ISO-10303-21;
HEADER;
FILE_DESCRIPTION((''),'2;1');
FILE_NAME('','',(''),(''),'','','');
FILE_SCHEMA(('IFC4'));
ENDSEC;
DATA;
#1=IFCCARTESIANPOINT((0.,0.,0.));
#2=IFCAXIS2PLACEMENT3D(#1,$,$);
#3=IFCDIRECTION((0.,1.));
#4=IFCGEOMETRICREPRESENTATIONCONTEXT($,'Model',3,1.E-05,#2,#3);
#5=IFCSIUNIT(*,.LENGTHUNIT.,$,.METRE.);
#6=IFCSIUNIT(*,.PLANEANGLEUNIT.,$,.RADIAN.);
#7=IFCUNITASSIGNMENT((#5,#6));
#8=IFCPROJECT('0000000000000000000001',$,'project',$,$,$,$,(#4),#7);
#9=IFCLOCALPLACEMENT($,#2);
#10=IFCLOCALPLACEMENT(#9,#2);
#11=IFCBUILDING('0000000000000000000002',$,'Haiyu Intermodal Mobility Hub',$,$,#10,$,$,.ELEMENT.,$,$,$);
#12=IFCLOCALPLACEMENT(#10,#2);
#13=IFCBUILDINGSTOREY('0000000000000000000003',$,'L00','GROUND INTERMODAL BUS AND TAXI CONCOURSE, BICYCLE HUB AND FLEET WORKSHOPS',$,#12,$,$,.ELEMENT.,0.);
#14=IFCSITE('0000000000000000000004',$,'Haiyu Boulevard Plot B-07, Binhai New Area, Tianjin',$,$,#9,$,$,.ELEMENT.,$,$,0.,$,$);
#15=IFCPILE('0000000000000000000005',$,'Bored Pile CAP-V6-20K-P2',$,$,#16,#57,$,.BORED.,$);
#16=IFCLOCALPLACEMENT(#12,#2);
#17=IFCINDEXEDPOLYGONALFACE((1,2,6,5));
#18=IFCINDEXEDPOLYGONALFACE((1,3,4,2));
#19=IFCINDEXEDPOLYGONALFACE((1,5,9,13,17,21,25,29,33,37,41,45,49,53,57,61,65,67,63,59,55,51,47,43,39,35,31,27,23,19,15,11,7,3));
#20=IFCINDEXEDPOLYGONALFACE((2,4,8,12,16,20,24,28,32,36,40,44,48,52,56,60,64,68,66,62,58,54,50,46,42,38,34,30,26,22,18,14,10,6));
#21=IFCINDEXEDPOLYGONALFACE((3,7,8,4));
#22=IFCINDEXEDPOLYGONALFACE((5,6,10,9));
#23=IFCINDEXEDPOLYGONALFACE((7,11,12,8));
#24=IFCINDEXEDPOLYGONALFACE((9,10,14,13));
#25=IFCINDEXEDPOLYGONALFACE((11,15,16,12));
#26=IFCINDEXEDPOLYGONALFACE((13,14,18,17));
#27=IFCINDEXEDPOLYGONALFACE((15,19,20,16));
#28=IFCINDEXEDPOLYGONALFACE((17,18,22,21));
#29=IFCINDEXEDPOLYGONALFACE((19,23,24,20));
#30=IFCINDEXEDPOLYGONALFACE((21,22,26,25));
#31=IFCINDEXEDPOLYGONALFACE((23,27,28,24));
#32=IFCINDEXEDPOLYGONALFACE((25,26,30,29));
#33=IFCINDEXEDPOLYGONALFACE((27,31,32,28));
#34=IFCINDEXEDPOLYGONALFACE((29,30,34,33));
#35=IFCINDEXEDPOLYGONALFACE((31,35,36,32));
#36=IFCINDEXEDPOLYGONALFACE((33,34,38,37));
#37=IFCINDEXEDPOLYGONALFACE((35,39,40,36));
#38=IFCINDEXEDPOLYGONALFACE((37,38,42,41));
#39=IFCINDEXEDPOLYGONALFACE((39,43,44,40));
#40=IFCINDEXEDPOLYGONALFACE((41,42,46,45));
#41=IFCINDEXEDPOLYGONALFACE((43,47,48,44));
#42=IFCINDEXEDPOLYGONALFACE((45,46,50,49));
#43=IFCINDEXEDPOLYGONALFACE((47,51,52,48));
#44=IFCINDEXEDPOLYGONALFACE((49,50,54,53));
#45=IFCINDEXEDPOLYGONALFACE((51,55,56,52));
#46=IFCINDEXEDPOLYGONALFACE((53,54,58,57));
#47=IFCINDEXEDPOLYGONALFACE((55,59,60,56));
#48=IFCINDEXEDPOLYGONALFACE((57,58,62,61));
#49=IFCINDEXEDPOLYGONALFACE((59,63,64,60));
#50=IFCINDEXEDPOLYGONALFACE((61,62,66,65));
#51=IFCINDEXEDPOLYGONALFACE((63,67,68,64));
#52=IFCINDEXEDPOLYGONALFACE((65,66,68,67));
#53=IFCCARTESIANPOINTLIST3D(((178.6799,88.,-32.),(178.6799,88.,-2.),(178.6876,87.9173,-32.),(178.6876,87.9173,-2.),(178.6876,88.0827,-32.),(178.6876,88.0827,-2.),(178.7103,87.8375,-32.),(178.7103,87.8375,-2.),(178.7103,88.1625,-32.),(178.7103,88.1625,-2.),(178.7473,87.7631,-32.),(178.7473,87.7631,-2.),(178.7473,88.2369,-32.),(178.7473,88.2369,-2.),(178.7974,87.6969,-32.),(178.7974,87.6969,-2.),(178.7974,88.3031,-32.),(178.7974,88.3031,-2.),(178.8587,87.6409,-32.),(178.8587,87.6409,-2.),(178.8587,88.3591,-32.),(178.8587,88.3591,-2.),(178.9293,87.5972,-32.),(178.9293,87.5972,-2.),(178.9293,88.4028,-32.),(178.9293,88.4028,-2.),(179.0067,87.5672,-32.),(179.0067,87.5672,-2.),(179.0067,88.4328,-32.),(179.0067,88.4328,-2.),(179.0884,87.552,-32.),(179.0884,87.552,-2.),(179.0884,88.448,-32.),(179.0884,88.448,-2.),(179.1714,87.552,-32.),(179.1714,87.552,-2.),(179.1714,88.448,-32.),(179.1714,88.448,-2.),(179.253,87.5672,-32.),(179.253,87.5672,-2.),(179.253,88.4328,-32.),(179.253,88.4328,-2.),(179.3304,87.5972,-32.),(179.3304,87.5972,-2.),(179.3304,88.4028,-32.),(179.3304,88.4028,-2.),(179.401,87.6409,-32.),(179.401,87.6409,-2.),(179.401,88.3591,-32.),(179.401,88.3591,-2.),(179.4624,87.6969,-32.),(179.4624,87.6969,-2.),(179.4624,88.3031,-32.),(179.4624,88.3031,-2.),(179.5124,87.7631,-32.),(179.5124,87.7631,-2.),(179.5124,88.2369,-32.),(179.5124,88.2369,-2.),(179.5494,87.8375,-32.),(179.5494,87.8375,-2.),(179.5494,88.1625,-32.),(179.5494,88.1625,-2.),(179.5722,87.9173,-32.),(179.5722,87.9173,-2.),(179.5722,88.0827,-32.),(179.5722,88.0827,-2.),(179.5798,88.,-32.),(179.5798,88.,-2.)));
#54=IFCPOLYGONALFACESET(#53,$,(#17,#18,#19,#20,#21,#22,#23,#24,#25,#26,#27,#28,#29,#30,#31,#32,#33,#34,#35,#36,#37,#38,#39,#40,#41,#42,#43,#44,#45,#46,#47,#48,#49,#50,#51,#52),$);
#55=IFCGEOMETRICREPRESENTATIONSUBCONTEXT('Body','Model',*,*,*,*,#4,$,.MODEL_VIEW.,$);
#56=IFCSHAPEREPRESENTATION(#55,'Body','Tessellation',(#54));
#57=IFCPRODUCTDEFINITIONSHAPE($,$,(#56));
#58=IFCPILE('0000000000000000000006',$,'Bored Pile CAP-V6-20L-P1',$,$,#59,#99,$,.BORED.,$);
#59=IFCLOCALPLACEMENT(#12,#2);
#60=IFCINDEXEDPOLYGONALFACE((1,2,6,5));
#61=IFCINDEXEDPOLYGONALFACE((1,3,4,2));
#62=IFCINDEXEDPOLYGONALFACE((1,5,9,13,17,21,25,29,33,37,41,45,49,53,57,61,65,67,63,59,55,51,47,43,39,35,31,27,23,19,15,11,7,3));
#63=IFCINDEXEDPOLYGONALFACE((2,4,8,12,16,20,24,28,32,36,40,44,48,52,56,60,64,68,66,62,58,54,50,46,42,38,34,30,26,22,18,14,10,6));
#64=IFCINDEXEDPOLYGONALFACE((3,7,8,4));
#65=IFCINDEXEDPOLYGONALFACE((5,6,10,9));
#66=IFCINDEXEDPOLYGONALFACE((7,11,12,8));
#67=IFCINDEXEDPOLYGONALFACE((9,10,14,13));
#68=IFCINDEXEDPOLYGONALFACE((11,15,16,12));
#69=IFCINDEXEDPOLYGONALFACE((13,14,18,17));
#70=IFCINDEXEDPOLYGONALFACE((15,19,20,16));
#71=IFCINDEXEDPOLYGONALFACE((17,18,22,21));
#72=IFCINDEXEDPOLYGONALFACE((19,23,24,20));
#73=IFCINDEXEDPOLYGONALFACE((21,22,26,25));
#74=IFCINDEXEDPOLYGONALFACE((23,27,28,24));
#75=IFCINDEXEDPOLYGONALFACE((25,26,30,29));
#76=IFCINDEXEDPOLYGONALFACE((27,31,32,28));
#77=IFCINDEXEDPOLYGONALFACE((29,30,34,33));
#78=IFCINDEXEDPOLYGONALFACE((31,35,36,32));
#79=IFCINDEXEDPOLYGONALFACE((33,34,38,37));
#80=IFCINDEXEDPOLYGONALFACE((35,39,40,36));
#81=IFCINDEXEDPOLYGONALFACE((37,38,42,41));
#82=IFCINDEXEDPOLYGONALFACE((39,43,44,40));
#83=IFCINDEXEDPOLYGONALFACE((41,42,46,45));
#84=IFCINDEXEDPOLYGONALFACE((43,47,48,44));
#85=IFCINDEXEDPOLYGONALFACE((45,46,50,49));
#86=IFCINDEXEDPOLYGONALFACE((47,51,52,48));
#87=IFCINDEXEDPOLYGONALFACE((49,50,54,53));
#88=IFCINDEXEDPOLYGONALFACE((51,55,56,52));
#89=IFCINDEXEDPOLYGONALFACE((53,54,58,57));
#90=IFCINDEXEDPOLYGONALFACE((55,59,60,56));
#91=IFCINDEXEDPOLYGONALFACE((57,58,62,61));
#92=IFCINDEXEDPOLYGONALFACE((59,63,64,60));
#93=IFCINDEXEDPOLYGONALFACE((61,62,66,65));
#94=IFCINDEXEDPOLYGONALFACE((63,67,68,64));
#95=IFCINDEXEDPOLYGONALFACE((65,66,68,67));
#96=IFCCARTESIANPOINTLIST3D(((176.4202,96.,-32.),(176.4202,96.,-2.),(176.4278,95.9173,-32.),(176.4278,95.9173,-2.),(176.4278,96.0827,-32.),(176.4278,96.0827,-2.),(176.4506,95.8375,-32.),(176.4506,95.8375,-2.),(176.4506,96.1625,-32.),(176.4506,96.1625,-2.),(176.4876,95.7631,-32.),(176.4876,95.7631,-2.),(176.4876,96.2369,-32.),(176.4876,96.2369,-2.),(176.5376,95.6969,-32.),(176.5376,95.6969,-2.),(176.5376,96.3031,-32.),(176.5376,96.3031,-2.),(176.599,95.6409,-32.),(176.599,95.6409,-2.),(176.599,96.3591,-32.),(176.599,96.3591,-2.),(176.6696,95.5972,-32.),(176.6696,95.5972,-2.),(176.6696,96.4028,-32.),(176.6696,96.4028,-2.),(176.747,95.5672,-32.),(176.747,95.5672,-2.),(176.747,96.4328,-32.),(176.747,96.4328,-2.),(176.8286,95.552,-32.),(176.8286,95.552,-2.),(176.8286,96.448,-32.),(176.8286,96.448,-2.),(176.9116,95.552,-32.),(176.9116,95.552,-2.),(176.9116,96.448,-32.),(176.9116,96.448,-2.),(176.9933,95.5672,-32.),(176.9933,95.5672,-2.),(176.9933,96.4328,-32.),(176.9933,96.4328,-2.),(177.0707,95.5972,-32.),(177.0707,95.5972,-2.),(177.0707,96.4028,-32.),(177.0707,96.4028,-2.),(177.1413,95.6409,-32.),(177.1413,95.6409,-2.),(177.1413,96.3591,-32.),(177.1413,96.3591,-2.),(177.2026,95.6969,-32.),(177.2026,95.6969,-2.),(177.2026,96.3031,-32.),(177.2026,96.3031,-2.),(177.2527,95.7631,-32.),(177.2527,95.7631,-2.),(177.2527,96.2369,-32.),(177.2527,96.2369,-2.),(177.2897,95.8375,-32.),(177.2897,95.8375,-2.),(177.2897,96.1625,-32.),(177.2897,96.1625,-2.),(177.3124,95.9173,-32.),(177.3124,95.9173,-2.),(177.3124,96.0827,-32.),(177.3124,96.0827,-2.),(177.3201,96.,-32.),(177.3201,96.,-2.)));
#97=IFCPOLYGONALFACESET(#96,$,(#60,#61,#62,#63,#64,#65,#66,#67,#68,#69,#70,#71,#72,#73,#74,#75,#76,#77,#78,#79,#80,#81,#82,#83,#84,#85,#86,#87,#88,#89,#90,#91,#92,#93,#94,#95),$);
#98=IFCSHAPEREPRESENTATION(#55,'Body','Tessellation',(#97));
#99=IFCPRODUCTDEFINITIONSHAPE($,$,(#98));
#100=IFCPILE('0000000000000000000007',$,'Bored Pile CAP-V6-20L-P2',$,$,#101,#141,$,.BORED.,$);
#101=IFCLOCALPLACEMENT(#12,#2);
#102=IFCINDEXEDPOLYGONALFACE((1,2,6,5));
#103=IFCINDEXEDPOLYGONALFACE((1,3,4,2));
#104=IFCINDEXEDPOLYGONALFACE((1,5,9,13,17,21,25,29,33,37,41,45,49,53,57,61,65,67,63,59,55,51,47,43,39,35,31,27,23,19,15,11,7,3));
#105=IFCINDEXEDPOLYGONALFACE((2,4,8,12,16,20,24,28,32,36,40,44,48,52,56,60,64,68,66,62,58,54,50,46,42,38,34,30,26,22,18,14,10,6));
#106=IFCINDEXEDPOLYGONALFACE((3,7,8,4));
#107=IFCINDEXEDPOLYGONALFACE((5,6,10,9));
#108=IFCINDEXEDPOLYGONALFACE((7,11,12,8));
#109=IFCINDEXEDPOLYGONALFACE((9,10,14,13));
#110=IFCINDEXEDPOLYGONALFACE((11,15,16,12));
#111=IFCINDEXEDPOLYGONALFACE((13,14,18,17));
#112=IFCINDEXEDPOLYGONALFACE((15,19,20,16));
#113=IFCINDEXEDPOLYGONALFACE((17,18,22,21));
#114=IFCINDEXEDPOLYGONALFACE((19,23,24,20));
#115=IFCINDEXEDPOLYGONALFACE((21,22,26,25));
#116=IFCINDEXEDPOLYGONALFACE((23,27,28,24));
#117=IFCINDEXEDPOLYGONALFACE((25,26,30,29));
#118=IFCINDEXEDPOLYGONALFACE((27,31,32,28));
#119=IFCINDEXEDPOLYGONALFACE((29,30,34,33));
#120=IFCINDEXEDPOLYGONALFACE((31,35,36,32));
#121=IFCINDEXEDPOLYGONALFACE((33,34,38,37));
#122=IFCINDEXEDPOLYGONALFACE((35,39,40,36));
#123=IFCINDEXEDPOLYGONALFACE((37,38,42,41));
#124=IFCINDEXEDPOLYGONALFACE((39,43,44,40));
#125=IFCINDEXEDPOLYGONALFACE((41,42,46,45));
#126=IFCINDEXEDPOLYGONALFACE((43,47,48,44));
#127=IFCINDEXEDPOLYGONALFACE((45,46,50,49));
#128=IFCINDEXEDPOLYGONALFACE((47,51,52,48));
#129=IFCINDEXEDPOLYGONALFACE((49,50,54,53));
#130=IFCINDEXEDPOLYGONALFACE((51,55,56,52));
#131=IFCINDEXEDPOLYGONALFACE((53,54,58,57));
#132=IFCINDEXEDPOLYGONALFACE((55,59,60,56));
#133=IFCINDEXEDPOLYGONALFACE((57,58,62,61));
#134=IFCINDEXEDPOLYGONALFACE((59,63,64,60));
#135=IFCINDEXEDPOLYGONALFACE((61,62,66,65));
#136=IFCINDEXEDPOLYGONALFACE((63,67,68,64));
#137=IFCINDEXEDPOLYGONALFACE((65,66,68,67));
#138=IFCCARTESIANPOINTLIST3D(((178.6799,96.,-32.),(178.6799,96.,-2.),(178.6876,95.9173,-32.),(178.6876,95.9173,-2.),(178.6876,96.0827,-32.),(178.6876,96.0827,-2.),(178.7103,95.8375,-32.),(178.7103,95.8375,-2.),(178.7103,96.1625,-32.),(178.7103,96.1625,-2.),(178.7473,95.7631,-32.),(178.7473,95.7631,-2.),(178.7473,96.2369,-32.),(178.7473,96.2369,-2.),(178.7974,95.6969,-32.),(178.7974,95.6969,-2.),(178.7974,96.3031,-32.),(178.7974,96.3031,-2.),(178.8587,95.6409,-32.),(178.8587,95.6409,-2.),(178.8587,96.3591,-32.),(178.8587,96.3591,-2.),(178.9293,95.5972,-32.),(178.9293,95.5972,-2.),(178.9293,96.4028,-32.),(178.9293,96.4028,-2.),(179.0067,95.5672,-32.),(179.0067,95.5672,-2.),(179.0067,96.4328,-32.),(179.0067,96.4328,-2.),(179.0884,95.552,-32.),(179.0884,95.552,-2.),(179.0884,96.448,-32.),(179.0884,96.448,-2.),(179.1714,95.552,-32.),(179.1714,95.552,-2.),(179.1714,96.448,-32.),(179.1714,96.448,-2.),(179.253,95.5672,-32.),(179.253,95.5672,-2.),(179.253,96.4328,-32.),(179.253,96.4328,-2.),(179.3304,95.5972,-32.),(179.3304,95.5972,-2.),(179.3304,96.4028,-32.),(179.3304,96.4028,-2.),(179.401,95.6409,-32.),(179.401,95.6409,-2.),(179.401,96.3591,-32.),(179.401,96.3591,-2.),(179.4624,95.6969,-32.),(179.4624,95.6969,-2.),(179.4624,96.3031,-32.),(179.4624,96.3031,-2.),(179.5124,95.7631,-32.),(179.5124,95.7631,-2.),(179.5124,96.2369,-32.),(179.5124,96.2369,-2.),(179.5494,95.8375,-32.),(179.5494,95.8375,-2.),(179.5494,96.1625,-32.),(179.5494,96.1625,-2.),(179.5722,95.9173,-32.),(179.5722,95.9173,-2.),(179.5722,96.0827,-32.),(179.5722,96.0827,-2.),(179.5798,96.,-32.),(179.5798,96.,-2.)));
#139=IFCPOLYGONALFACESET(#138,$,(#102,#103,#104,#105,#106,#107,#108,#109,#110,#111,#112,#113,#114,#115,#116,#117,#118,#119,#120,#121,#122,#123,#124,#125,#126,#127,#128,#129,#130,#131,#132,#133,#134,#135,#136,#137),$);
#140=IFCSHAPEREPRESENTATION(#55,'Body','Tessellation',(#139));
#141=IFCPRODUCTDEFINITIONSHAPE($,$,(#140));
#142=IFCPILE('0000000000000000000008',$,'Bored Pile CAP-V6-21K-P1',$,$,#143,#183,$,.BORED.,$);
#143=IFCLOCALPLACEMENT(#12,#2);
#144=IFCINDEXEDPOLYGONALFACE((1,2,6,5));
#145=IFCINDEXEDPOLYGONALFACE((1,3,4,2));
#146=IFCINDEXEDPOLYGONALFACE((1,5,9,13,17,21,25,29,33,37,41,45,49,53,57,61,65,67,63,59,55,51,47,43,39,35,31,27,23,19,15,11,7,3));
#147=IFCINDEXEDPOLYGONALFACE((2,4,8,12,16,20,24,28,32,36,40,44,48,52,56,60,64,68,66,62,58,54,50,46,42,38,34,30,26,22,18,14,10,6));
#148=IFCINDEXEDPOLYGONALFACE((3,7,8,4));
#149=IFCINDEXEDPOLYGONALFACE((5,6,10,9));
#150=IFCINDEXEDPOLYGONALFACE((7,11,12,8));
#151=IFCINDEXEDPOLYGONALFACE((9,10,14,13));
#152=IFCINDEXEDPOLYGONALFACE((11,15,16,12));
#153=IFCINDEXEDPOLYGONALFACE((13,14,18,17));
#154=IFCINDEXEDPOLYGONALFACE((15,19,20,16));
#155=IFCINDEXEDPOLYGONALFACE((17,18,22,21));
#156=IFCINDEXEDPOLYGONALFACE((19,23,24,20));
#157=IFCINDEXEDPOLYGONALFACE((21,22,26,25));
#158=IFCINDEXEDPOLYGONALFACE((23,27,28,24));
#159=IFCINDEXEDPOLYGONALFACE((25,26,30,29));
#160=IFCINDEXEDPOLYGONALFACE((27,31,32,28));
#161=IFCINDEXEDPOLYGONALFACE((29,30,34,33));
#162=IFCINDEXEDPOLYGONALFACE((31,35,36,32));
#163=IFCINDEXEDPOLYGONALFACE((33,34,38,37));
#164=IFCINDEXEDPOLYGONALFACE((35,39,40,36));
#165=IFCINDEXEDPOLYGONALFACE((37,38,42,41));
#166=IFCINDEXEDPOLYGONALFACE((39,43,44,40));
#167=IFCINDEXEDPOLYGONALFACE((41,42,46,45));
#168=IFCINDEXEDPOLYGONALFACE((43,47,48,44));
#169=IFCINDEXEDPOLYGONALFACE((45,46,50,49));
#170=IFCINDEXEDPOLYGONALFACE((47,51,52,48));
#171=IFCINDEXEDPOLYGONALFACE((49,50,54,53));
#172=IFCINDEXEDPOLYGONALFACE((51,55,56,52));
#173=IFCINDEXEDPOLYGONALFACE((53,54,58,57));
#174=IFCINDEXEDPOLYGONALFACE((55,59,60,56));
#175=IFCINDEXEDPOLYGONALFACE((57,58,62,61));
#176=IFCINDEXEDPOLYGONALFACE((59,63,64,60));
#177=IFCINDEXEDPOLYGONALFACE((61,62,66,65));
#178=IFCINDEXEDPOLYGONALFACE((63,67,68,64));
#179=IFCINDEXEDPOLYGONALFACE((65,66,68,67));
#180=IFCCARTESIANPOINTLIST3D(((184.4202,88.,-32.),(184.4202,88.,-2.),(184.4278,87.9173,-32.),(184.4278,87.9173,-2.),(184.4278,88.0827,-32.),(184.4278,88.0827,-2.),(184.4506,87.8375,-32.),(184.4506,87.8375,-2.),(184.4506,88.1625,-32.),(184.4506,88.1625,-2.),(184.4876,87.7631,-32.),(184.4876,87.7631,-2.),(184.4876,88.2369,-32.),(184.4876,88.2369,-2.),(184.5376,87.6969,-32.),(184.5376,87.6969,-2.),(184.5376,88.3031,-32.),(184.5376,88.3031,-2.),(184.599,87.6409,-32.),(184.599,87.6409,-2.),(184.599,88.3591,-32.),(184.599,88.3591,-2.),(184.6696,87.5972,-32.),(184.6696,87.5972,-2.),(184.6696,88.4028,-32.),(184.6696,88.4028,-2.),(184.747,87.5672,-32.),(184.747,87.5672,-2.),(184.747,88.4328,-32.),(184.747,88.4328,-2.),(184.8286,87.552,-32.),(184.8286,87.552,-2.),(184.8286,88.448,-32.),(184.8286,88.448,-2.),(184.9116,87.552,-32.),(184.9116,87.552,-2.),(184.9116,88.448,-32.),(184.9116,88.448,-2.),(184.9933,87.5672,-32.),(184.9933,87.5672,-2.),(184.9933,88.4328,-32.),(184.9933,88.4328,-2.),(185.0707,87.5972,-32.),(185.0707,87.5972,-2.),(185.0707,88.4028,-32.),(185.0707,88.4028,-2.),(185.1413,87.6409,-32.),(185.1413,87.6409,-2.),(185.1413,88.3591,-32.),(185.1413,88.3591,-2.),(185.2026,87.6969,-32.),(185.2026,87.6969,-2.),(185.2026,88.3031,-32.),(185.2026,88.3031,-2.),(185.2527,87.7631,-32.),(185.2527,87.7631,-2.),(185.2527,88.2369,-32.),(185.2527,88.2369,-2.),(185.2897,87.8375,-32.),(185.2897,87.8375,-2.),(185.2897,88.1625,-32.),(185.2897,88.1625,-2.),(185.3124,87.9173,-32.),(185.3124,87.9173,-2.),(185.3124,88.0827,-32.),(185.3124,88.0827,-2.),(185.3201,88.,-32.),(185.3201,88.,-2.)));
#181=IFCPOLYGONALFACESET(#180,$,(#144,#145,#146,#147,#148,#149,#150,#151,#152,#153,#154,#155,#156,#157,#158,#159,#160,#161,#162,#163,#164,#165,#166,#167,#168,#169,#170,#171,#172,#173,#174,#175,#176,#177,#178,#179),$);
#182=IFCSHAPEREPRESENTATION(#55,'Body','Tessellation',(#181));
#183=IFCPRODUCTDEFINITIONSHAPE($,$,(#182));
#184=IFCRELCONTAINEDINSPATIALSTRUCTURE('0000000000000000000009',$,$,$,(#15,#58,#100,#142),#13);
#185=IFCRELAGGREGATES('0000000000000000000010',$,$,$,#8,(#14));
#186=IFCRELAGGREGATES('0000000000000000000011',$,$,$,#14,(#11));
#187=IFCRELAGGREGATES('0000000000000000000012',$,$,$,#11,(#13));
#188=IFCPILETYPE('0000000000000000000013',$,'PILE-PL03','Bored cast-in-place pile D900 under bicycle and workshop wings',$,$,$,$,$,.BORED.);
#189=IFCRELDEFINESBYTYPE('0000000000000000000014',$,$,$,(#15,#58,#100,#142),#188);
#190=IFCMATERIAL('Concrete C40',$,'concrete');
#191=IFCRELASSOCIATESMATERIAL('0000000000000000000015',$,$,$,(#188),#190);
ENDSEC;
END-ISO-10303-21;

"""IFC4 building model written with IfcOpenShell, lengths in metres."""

from ifc_helpers import new_model, si_unit, direction, frame, origin, origin_2d, place, context, subcontext, project, spatial, circle, extrude, material, material_profile, profile_set, type_object, element, save


model = new_model("IFC4")

# Units and contexts
model_context = context("Model", 3, precision=1e-05, world=origin(), true_north=direction((0.0, 1.0)))
body_context = subcontext(model_context, "Body", "Model", "MODEL_VIEW")
ifc_project = project(units=[si_unit("LENGTHUNIT", "METRE"), si_unit("PLANEANGLEUNIT", "RADIAN")], contexts=[model_context])

# Site, building, storey
site_placement = place(None, origin())
site = spatial("IfcSite", under=ifc_project, at=site_placement, Name="Haiyu Boulevard Plot B-07, Binhai New Area, Tianjin", CompositionType="ELEMENT", RefElevation=0.0)
building_placement = place(site_placement, origin())
building = spatial("IfcBuilding", under=site, at=building_placement, Name="Haiyu Intermodal Mobility Hub", CompositionType="ELEMENT")
storey_placement = place(building_placement, origin())
storey = spatial("IfcBuildingStorey", under=building, at=storey_placement, Name="L00", Description="GROUND INTERMODAL BUS AND TAXI CONCOURSE, BICYCLE HUB AND FLEET WORKSHOPS", CompositionType="ELEMENT", Elevation=0.0)

# Shared definitions
ifc_material_1 = material(Name="Concrete C40", Category="concrete")

# Piles
ifc_material_profile_1 = material_profile(ifc_material_1, circle(Radius=0.45, at=origin_2d()), Name="PILE-D900")
ifc_profile_set_1 = profile_set([ifc_material_profile_1], Name="Concrete C40")
pile_type = type_object("IfcPileType", Name="PILE-PL03", Description="Bored cast-in-place pile D900 under bicycle and workshop wings", PredefinedType="BORED", material=ifc_profile_set_1)
for number, where, z_axis, x_axis, name in (
    (1, (179.1299, 88.0, -2.0), (0.0, 0.0, -1.0), (1.0, 0.0, 0.0), "Bored Pile CAP-V6-20K-P2"),
    (2, (176.8701, 96.0, -2.0), (0.0, 0.0, -1.0), (1.0, 0.0, 0.0), "Bored Pile CAP-V6-20L-P1"),
    (3, (179.1299, 96.0, -2.0), (0.0, 0.0, -1.0), (1.0, 0.0, 0.0), "Bored Pile CAP-V6-20L-P2"),
    (4, (184.8701, 88.0, -2.0), (0.0, 0.0, -1.0), (1.0, 0.0, 0.0), "Bored Pile CAP-V6-21K-P1"),
):
    element("IfcPile", number, at=place(storey_placement, frame(where, z_axis=z_axis, x_axis=x_axis)), inside=storey, type_object=pile_type, Name=name, PredefinedType="BORED", context=body_context, shape_type="SweptSolid", body=[
        extrude(circle(Radius=0.45, at=origin_2d()), origin(), (0.0, 0.0, 1.0), 30.0),
    ])

save(model, "model.ifc")
